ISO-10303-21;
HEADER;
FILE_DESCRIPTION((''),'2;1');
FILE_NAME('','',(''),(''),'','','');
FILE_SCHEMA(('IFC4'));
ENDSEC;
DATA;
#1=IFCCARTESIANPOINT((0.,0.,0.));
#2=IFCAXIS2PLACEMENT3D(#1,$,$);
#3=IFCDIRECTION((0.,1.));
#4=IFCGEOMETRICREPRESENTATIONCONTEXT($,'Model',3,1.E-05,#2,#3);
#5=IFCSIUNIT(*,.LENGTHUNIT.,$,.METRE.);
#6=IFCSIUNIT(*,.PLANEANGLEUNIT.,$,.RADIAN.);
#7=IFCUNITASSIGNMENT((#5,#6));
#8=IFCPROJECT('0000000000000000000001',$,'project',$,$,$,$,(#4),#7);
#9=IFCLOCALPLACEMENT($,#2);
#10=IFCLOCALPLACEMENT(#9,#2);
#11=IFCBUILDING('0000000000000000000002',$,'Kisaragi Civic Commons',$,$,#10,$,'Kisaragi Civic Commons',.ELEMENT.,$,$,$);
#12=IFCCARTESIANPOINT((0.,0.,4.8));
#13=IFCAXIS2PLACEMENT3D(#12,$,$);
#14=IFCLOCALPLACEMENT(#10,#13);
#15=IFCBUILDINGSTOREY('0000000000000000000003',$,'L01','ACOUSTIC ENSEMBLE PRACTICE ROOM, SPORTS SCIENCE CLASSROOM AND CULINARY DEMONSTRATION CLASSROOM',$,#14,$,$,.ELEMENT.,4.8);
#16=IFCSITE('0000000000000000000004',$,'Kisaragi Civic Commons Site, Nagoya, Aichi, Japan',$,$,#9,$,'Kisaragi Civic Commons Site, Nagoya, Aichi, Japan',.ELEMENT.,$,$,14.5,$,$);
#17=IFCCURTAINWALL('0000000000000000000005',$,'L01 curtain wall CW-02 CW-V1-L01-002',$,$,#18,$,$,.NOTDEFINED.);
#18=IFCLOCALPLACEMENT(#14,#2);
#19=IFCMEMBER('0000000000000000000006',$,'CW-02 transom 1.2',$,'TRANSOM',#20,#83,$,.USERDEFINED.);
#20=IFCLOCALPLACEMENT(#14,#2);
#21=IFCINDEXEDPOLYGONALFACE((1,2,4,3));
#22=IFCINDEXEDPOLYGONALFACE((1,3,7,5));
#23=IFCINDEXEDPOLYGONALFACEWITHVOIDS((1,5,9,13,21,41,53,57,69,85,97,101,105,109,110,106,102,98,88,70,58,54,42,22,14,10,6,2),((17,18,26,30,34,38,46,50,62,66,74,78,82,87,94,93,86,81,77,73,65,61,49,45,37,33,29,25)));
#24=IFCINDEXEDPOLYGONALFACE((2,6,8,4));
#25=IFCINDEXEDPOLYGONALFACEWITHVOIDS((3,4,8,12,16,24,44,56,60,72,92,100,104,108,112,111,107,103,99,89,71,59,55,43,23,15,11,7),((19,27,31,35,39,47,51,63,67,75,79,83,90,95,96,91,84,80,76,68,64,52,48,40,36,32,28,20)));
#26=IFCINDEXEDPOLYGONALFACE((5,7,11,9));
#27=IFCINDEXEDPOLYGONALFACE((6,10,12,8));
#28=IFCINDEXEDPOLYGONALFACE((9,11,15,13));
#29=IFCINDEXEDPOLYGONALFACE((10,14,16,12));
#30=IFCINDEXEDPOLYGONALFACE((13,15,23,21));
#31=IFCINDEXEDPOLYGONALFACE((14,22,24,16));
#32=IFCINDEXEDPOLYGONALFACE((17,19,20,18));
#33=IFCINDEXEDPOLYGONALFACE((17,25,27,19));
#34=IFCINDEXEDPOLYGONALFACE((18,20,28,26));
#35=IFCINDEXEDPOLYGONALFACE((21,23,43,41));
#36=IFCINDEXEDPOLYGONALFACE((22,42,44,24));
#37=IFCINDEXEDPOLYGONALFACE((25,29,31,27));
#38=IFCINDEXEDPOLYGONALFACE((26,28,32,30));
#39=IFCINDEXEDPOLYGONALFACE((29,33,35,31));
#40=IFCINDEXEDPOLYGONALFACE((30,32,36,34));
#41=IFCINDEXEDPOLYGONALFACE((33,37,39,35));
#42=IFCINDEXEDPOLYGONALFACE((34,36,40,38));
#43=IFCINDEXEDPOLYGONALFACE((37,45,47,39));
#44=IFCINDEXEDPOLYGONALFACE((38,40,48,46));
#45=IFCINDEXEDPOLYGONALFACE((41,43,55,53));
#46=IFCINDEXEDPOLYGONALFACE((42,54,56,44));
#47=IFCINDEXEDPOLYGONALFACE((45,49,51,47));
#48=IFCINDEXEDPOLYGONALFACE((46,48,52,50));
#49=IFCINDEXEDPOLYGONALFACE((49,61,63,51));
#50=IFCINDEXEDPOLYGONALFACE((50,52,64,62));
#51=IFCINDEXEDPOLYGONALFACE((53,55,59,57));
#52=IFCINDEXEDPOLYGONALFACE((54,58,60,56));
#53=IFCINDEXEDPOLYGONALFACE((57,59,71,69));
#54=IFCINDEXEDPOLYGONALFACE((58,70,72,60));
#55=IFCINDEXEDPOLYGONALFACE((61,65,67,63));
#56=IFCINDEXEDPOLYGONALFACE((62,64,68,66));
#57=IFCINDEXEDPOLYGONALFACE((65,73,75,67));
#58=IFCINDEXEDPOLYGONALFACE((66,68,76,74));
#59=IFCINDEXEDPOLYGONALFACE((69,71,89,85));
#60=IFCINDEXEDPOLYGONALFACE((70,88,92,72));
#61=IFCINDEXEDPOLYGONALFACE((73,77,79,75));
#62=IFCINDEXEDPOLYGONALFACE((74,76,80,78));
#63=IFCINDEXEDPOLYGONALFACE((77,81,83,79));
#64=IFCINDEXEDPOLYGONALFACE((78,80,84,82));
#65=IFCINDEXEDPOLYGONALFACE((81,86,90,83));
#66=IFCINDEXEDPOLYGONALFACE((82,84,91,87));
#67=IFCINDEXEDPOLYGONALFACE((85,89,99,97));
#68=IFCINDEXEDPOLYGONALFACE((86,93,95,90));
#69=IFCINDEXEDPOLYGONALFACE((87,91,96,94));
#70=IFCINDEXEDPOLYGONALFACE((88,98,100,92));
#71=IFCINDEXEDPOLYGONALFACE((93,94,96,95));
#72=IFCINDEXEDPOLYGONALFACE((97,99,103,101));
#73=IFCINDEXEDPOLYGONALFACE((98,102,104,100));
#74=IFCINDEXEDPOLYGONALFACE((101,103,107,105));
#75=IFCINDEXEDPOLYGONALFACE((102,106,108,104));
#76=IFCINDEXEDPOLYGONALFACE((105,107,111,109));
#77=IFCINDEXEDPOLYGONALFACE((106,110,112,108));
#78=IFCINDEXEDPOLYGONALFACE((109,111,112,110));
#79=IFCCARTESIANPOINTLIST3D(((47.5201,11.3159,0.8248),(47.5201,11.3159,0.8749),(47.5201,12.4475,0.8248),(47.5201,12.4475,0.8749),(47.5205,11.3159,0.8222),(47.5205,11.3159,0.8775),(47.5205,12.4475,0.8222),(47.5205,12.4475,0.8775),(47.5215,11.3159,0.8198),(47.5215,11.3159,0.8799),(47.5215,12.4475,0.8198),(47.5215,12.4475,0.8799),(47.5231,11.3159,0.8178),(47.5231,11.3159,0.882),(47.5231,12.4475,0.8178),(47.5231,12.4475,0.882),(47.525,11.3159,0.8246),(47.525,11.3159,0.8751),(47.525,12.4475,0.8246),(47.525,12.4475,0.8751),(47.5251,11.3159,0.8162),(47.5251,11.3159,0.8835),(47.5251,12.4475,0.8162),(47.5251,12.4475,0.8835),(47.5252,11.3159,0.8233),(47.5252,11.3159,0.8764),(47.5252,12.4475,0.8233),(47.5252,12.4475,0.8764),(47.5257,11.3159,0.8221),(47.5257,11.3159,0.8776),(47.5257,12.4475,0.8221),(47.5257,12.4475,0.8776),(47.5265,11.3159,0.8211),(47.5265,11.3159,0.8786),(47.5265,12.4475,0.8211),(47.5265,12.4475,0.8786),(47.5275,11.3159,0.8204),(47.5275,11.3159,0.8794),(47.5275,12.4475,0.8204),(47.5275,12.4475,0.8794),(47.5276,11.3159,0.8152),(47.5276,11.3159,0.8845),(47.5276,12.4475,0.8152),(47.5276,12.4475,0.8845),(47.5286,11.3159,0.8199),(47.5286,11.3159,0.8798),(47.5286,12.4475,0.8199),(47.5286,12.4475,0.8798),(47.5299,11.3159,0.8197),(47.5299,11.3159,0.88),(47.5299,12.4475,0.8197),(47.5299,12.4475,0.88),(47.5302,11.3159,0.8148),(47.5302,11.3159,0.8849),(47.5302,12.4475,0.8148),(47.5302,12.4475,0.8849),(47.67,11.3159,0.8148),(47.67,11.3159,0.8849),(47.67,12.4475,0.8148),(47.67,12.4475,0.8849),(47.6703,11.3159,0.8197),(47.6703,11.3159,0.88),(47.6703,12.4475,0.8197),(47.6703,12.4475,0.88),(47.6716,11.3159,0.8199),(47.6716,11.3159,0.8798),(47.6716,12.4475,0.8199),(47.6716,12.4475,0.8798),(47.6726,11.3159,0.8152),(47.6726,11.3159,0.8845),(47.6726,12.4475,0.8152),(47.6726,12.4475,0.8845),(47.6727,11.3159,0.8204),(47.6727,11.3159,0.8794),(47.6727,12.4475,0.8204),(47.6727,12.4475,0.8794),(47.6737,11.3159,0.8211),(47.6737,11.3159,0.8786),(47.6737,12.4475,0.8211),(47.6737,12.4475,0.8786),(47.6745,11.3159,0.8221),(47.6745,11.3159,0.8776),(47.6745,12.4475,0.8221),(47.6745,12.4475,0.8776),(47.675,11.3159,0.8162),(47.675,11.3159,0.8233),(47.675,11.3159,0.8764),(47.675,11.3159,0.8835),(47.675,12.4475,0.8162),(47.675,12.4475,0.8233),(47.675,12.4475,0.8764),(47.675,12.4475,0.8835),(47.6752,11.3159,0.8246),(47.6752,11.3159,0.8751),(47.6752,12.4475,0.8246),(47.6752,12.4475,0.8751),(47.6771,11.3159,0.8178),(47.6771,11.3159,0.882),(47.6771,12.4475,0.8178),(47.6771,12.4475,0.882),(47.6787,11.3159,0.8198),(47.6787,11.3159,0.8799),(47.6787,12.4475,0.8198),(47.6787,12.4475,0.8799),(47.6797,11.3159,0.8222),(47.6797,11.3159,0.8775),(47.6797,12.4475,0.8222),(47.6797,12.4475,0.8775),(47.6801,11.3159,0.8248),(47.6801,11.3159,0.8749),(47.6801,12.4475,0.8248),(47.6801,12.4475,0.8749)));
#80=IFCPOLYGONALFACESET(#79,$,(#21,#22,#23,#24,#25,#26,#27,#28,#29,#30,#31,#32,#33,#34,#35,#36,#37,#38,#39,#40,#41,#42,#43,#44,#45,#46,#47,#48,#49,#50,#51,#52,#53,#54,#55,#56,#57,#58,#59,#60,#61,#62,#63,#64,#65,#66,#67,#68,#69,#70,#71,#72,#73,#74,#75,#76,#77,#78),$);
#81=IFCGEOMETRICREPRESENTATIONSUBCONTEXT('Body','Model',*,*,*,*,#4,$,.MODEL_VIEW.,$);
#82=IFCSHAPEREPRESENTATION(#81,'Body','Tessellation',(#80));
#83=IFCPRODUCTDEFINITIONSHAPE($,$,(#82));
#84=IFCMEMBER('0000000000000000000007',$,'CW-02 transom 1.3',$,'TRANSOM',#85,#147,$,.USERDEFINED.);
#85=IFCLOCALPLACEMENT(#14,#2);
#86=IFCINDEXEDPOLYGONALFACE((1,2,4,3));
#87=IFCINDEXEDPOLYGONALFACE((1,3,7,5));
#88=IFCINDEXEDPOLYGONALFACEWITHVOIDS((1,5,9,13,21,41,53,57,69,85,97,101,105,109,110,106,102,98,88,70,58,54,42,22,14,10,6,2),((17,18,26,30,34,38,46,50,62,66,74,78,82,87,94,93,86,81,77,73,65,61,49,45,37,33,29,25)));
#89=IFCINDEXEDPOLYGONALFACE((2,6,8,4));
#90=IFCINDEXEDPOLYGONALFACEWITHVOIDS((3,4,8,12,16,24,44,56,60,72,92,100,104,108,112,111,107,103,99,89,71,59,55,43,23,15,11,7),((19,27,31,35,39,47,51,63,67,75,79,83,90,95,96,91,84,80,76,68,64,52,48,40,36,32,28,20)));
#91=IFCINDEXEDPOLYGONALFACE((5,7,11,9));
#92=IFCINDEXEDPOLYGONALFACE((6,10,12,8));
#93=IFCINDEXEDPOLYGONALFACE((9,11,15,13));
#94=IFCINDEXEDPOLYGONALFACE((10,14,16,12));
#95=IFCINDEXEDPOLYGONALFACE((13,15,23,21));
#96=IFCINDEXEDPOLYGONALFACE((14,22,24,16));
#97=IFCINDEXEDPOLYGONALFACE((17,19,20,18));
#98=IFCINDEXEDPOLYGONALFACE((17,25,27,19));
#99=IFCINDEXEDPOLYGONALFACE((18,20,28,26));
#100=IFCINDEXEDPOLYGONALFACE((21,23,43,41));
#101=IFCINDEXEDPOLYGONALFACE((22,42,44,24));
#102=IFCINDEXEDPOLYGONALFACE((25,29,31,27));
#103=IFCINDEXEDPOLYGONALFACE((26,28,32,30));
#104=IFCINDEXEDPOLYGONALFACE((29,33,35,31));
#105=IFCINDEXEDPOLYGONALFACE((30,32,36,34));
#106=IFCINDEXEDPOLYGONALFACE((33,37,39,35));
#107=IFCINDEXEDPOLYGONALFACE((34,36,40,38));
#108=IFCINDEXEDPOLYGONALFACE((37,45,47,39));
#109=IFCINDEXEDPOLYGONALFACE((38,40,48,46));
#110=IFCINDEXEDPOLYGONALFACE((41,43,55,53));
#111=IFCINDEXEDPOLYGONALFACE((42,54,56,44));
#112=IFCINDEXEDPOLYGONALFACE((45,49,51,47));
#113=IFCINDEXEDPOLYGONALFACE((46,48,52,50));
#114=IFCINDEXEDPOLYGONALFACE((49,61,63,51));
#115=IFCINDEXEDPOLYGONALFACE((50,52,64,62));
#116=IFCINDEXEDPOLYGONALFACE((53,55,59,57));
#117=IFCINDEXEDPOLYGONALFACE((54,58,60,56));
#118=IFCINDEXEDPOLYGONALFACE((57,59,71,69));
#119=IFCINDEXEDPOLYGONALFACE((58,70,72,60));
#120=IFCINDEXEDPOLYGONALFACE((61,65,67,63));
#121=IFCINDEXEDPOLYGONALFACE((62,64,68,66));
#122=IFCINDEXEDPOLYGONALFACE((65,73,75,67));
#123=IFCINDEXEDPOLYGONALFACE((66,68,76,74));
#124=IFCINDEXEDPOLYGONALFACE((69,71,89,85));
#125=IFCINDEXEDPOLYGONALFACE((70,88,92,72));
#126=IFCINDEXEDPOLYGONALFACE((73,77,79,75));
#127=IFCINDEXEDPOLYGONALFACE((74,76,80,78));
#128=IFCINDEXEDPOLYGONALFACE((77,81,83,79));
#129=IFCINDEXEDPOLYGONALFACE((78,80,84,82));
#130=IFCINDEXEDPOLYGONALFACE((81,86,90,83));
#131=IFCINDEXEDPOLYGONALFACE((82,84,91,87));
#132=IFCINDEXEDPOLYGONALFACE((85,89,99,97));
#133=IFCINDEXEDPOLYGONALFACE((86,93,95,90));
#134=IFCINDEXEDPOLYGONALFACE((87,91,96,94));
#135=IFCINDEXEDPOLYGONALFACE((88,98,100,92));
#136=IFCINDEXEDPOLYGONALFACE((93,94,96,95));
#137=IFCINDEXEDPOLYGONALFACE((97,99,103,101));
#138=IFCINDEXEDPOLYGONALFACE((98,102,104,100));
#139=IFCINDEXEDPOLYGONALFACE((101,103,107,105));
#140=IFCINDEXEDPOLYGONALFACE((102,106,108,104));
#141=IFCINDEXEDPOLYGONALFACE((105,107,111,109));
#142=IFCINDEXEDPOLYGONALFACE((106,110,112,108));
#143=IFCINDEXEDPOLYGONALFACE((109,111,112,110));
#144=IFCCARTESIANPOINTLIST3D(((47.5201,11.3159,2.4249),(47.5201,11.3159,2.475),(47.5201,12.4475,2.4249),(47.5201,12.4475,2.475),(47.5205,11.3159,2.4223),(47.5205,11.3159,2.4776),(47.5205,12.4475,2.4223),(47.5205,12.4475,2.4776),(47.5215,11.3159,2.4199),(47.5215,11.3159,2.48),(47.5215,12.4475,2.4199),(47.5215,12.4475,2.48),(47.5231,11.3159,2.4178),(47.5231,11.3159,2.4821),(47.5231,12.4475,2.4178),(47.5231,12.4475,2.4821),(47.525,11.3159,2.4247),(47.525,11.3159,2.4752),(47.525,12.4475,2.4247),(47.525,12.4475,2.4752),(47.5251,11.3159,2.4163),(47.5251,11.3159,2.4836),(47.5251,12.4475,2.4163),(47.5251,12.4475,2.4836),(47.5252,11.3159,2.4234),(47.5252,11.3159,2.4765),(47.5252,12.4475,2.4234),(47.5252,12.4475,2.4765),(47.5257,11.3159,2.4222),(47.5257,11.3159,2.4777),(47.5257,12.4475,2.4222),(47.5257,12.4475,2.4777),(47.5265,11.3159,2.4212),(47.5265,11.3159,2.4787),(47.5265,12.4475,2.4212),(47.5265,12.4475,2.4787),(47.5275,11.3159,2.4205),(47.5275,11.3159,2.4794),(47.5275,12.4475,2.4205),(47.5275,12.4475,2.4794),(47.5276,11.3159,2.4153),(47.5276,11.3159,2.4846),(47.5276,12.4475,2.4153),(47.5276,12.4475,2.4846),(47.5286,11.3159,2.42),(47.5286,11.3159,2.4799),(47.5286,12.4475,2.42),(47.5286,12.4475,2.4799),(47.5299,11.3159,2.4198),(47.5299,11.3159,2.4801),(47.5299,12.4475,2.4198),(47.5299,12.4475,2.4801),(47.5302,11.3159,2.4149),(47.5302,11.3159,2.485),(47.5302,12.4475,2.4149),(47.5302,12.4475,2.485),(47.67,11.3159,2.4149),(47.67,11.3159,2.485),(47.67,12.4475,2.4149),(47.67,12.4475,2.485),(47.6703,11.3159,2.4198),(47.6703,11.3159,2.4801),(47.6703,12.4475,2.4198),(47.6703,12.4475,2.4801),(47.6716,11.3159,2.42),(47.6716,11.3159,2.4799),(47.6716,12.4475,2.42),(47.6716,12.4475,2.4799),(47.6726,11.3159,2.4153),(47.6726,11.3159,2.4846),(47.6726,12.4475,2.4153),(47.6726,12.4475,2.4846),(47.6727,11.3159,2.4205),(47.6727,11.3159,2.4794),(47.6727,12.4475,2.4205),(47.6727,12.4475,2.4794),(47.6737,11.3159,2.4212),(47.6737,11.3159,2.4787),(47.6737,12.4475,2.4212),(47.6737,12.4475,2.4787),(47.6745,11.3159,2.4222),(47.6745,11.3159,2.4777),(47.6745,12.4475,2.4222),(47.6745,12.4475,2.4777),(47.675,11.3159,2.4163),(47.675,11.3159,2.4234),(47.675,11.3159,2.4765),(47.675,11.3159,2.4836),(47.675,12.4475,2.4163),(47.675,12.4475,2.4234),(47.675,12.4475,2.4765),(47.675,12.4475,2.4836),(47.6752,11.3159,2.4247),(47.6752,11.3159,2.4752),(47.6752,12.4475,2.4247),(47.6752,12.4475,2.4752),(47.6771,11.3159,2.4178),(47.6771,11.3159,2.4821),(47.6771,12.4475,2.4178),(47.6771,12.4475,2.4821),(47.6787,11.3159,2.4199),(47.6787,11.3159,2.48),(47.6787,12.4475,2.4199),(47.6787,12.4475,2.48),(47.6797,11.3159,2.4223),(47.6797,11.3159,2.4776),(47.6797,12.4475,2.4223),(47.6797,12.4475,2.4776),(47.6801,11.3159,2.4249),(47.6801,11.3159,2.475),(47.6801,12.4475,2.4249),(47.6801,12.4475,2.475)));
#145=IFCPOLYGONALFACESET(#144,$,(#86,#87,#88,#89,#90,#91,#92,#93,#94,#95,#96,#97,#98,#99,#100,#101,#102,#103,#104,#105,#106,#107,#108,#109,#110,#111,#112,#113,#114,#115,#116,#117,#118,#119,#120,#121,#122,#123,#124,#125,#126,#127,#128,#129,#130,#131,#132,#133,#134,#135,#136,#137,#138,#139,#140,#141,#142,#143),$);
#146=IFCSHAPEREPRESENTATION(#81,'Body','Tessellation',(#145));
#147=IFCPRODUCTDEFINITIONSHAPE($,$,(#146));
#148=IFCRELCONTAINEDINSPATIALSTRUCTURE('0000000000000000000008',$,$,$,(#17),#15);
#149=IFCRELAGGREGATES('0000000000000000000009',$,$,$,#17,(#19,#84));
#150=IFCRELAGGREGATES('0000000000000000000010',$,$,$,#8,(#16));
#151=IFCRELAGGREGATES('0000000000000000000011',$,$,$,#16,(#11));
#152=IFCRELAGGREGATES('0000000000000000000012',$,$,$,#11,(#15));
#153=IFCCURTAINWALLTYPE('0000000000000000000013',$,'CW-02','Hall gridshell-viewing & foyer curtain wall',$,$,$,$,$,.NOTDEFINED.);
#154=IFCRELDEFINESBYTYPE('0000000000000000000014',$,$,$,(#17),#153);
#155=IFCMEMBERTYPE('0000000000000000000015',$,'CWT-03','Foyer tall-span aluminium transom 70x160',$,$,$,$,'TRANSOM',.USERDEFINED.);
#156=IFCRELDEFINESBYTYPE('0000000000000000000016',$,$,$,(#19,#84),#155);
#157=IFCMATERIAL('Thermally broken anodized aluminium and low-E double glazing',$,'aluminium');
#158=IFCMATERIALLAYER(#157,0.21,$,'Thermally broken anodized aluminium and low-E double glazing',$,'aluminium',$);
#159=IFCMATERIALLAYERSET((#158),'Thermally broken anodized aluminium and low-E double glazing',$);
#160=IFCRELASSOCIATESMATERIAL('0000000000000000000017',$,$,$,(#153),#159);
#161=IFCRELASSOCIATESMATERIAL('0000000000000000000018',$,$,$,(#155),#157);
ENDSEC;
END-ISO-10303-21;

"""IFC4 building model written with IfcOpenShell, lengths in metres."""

from ifc_helpers import new_model, si_unit, direction, frame, origin, origin_2d, place, context, subcontext, project, spatial, hollow_rectangle, extrude, material, layer, layer_set, material_profile, profile_set, type_object, element, aggregate, save


model = new_model("IFC4")

# Units and contexts
model_context = context("Model", 3, precision=1e-05, world=origin(), true_north=direction((0.0, 1.0)))
body_context = subcontext(model_context, "Body", "Model", "MODEL_VIEW")
ifc_project = project(units=[si_unit("LENGTHUNIT", "METRE"), si_unit("PLANEANGLEUNIT", "RADIAN")], contexts=[model_context])

# Site, building, storey
site_placement = place(None, origin())
site = spatial("IfcSite", under=ifc_project, at=site_placement, Name="Kisaragi Civic Commons Site, Nagoya, Aichi, Japan", LongName="Kisaragi Civic Commons Site, Nagoya, Aichi, Japan", CompositionType="ELEMENT", RefElevation=14.5)
building_placement = place(site_placement, origin())
building = spatial("IfcBuilding", under=site, at=building_placement, Name="Kisaragi Civic Commons", LongName="Kisaragi Civic Commons", CompositionType="ELEMENT")
storey_placement = place(building_placement, frame((0.0, 0.0, 4.8)))
storey = spatial("IfcBuildingStorey", under=building, at=storey_placement, Name="L01", Description="ACOUSTIC ENSEMBLE PRACTICE ROOM, SPORTS SCIENCE CLASSROOM AND CULINARY DEMONSTRATION CLASSROOM", CompositionType="ELEMENT", Elevation=4.8)

# Shared definitions
ifc_material_1 = material(Name="Thermally broken anodized aluminium and low-E double glazing", Category="aluminium")
ifc_layer_1 = layer(ifc_material_1, 0.21, Name="Thermally broken anodized aluminium and low-E double glazing", Category="aluminium")
ifc_layer_set_1 = layer_set([ifc_layer_1], Name="Thermally broken anodized aluminium and low-E double glazing")
curtain_wall_type = type_object("IfcCurtainWallType", Name="CW-02", Description="Hall gridshell-viewing & foyer curtain wall", PredefinedType="NOTDEFINED", material=ifc_layer_set_1)

# Curtain wall
curtain_wall_1_placement = place(storey_placement, origin())
curtain_wall_1 = element("IfcCurtainWall", 1, at=curtain_wall_1_placement, inside=storey, type_object=curtain_wall_type, Name="L01 curtain wall CW-02 CW-V1-L01-002", PredefinedType="NOTDEFINED")

# Members
ifc_material_profile_1 = material_profile(ifc_material_1, hollow_rectangle(XDim=0.1599, YDim=0.0701, WallThickness=0.0049, InnerFilletRadius=0.0049, OuterFilletRadius=0.01, at=origin_2d()), Name="CWT-70x160x5", Category="aluminium")
ifc_profile_set_1 = profile_set([ifc_material_profile_1], Name="Thermally broken anodized aluminium and low-E double glazing")
member_type_1 = type_object("IfcMemberType", Name="CWT-03", Description="Foyer tall-span aluminium transom 70x160", ElementType="TRANSOM", PredefinedType="USERDEFINED", material=ifc_profile_set_1)
member_1_placement = place(storey_placement, frame((47.6001, 12.4475, 0.8499), z_axis=(0.0, -1.0, 0.0), x_axis=(1.0, 0.0, 0.0)))
member_1 = element("IfcMember", 2, at=member_1_placement, type_object=member_type_1, Name="CW-02 transom 1.2", ObjectType="TRANSOM", PredefinedType="USERDEFINED", context=body_context, shape_type="SweptSolid", body=[
    extrude(hollow_rectangle(XDim=0.1599, YDim=0.0701, WallThickness=0.0049, InnerFilletRadius=0.0049, OuterFilletRadius=0.01, at=origin_2d()), origin(), (0.0, 0.0, 1.0), 1.1316),
])
member_2_placement = place(storey_placement, frame((47.6001, 12.4475, 2.45), z_axis=(0.0, -1.0, 0.0), x_axis=(1.0, 0.0, 0.0)))
member_2 = element("IfcMember", 3, at=member_2_placement, type_object=member_type_1, Name="CW-02 transom 1.3", ObjectType="TRANSOM", PredefinedType="USERDEFINED", context=body_context, shape_type="SweptSolid", body=[
    extrude(hollow_rectangle(XDim=0.1599, YDim=0.0701, WallThickness=0.0049, InnerFilletRadius=0.0049, OuterFilletRadius=0.01, at=origin_2d()), origin(), (0.0, 0.0, 1.0), 1.1316),
])

aggregate(curtain_wall_1, [member_1, member_2])

save(model, "model.ifc")
